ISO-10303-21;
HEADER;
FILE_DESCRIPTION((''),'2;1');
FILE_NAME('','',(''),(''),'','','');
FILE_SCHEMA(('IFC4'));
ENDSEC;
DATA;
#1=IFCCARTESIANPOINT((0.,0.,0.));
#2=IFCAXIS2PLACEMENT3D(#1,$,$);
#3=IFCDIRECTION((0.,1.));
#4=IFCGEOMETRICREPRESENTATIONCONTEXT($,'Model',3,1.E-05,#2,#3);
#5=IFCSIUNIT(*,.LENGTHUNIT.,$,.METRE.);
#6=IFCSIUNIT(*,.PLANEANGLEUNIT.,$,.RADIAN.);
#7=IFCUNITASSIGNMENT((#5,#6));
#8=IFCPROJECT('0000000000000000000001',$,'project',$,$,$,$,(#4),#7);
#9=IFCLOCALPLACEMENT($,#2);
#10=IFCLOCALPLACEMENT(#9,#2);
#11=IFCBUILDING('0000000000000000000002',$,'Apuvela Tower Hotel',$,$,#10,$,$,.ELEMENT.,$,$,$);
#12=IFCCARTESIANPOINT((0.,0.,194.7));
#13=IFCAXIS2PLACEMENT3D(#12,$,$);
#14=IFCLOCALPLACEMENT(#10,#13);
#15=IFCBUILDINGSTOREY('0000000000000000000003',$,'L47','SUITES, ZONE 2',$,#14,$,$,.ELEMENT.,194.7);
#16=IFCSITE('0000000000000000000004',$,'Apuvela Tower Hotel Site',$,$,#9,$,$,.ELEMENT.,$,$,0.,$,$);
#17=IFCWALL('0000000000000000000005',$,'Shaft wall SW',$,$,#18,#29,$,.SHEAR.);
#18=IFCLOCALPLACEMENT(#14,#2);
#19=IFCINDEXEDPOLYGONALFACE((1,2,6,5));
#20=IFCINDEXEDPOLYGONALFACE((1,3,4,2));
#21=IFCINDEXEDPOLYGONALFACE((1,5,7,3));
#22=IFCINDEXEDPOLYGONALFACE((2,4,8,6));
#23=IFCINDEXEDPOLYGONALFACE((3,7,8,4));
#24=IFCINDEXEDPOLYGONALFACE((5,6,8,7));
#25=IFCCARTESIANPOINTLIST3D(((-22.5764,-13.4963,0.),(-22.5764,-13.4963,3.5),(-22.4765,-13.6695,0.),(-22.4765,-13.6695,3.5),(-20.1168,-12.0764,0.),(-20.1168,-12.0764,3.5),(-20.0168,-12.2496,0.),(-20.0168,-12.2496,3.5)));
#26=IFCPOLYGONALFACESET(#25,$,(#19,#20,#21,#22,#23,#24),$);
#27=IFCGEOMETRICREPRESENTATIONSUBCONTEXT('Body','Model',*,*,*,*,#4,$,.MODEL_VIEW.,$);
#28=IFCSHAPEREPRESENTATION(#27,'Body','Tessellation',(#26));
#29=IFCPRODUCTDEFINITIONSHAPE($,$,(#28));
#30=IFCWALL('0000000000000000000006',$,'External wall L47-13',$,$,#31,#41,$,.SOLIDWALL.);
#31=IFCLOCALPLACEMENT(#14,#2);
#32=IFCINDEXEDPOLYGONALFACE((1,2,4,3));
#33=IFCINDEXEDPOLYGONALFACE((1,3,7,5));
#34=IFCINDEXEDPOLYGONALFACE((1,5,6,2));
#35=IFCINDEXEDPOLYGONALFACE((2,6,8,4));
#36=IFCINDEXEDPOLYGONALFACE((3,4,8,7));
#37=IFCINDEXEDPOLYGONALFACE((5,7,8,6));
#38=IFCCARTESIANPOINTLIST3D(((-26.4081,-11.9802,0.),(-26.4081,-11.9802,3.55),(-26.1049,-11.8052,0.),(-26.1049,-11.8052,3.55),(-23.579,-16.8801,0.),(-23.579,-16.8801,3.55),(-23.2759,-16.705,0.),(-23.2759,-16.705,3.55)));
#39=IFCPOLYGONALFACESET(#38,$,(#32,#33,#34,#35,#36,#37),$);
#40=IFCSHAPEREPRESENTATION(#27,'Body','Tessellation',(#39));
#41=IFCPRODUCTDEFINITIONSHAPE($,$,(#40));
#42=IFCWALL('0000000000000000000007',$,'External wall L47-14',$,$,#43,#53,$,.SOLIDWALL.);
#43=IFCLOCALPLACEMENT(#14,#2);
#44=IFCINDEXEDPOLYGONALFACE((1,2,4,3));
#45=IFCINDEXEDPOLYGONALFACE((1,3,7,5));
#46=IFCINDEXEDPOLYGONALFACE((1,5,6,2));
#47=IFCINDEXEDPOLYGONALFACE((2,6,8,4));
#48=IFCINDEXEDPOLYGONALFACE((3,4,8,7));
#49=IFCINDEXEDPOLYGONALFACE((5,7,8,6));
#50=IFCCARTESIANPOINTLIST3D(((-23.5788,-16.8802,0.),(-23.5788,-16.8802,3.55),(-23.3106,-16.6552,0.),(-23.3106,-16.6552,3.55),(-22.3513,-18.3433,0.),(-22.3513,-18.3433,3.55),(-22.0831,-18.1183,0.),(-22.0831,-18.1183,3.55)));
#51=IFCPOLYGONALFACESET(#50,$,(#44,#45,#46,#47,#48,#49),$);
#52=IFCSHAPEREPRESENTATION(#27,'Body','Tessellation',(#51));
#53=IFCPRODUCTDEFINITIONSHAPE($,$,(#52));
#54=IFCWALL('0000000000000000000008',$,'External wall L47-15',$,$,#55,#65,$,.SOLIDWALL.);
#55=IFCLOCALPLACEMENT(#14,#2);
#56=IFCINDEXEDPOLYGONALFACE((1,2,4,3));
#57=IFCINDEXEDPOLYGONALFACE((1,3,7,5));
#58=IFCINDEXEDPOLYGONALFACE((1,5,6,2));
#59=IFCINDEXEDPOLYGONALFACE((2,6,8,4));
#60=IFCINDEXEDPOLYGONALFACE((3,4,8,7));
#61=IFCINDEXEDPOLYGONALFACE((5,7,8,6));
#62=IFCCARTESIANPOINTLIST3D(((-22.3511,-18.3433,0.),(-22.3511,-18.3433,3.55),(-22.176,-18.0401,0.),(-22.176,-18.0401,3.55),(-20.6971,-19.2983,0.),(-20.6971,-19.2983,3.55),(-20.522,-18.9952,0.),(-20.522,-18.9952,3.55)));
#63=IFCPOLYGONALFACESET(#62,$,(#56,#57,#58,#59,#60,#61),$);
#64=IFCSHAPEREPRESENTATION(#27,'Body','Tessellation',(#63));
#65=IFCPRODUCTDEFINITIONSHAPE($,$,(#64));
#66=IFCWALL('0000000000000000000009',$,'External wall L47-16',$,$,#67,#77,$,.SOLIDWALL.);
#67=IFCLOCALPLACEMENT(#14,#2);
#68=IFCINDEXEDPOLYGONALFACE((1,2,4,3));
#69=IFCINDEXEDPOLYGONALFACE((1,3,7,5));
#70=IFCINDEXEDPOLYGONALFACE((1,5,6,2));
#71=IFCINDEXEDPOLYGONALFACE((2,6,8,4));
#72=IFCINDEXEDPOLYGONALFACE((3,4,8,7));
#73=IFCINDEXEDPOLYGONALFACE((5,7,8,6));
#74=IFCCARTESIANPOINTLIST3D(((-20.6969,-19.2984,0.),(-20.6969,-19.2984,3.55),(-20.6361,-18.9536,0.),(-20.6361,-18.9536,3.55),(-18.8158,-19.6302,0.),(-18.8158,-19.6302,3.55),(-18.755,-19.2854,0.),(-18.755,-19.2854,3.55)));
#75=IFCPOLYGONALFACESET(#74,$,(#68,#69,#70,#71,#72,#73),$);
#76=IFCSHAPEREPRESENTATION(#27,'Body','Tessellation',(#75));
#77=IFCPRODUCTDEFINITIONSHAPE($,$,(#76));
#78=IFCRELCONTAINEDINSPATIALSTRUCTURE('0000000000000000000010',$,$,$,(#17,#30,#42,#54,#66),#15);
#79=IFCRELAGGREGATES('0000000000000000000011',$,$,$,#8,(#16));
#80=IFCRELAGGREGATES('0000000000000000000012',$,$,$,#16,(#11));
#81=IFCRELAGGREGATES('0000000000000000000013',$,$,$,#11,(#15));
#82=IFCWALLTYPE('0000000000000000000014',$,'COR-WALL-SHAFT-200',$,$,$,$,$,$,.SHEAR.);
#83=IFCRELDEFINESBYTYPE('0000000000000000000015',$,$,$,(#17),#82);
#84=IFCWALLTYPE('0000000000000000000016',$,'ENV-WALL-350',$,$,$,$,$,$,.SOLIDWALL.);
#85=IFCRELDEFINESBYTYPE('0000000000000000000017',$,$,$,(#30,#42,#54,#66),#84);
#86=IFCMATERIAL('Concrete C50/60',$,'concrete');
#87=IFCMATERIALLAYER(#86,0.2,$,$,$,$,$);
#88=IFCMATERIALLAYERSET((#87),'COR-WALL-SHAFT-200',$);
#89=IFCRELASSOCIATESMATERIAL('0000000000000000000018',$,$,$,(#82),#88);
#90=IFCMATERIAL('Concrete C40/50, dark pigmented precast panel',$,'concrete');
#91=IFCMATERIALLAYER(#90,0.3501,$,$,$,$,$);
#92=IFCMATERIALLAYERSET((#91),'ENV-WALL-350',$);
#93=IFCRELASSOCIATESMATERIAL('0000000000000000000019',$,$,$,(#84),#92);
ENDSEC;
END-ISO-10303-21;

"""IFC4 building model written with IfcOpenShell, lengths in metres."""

from ifc_helpers import new_model, si_unit, direction, frame, frame_2d, origin, place, context, subcontext, project, spatial, rectangle, extrude, material, layer, layer_set, type_object, element, save


model = new_model("IFC4")

# Units and contexts
model_context = context("Model", 3, precision=1e-05, world=origin(), true_north=direction((0.0, 1.0)))
body_context = subcontext(model_context, "Body", "Model", "MODEL_VIEW")
ifc_project = project(units=[si_unit("LENGTHUNIT", "METRE"), si_unit("PLANEANGLEUNIT", "RADIAN")], contexts=[model_context])

# Site, building, storey
site_placement = place(None, origin())
site = spatial("IfcSite", under=ifc_project, at=site_placement, Name="Apuvela Tower Hotel Site", CompositionType="ELEMENT", RefElevation=0.0)
building_placement = place(site_placement, origin())
building = spatial("IfcBuilding", under=site, at=building_placement, Name="Apuvela Tower Hotel", CompositionType="ELEMENT")
storey_placement = place(building_placement, frame((0.0, 0.0, 194.7)))
storey = spatial("IfcBuildingStorey", under=building, at=storey_placement, Name="L47", Description="SUITES, ZONE 2", CompositionType="ELEMENT", Elevation=194.7)

# Shared definitions
ifc_material_1 = material(Name="Concrete C50/60", Category="concrete")
ifc_layer_1 = layer(ifc_material_1, 0.2)
ifc_layer_set_1 = layer_set([ifc_layer_1], Name="COR-WALL-SHAFT-200")
wall_type_1 = type_object("IfcWallType", Name="COR-WALL-SHAFT-200", PredefinedType="SHEAR", material=ifc_layer_set_1)

# Walls
wall_1_placement = place(storey_placement, frame((-20.0669, -12.1631, 0.0), z_axis=(0.0, 0.0, 1.0), x_axis=(-0.866055, -0.499948, 0.0)))
element("IfcWall", 1, at=wall_1_placement, inside=storey, type_object=wall_type_1, Name="Shaft wall SW", PredefinedType="SHEAR", context=body_context, shape_type="SweptSolid", body=[
    extrude(rectangle(XDim=2.8401, YDim=0.2, at=frame_2d((1.4199, 0.0))), origin(), (0.0, 0.0, 1.0), 3.5),
])
ifc_material_2 = material(Name="Concrete C40/50, dark pigmented precast panel", Category="concrete")
ifc_layer_2 = layer(ifc_material_2, 0.3501)
ifc_layer_set_2 = layer_set([ifc_layer_2], Name="ENV-WALL-350")
wall_type_2 = type_object("IfcWallType", Name="ENV-WALL-350", PredefinedType="SOLIDWALL", material=ifc_layer_set_2)
wall_2_placement = place(storey_placement, frame((-26.2566, -11.8926, 0.0), z_axis=(0.0, 0.0, 1.0), x_axis=(0.500019, -0.866015, 0.0)))
element("IfcWall", 2, at=wall_2_placement, inside=storey, type_object=wall_type_2, Name="External wall L47-13", PredefinedType="SOLIDWALL", context=body_context, shape_type="SweptSolid", body=[
    extrude(rectangle(XDim=5.658, YDim=0.3501, at=frame_2d((2.8291, 0.0))), origin(), (0.0, 0.0, 1.0), 3.55),
])
for number, where, z_axis, x_axis, name in (
    (3, (-23.4448, -16.7676, 0.0), (0.0, 0.0, 1.0), (0.642733, -0.76609, 0.0), "External wall L47-14"),
    (4, (-22.2637, -18.1917, 0.0), (0.0, 0.0, 1.0), (0.866, -0.500043, 0.0), "External wall L47-15"),
):
    element("IfcWall", number, at=place(storey_placement, frame(where, z_axis=z_axis, x_axis=x_axis)), inside=storey, type_object=wall_type_2, Name=name, PredefinedType="SOLIDWALL", context=body_context, shape_type="SweptSolid", body=[
        extrude(rectangle(XDim=1.9099, YDim=0.3501, at=frame_2d((0.9551, 0.0))), origin(), (0.0, 0.0, 1.0), 3.55),
    ])
wall_3_placement = place(storey_placement, frame((-20.6665, -19.126, 0.0), z_axis=(0.0, 0.0, 1.0), x_axis=(0.984799, -0.173698, 0.0)))
element("IfcWall", 5, at=wall_3_placement, inside=storey, type_object=wall_type_2, Name="External wall L47-16", PredefinedType="SOLIDWALL", context=body_context, shape_type="SweptSolid", body=[
    extrude(rectangle(XDim=1.9102, YDim=0.3501, at=frame_2d((0.9551, 0.0))), origin(), (0.0, 0.0, 1.0), 3.55),
])

save(model, "model.ifc")
